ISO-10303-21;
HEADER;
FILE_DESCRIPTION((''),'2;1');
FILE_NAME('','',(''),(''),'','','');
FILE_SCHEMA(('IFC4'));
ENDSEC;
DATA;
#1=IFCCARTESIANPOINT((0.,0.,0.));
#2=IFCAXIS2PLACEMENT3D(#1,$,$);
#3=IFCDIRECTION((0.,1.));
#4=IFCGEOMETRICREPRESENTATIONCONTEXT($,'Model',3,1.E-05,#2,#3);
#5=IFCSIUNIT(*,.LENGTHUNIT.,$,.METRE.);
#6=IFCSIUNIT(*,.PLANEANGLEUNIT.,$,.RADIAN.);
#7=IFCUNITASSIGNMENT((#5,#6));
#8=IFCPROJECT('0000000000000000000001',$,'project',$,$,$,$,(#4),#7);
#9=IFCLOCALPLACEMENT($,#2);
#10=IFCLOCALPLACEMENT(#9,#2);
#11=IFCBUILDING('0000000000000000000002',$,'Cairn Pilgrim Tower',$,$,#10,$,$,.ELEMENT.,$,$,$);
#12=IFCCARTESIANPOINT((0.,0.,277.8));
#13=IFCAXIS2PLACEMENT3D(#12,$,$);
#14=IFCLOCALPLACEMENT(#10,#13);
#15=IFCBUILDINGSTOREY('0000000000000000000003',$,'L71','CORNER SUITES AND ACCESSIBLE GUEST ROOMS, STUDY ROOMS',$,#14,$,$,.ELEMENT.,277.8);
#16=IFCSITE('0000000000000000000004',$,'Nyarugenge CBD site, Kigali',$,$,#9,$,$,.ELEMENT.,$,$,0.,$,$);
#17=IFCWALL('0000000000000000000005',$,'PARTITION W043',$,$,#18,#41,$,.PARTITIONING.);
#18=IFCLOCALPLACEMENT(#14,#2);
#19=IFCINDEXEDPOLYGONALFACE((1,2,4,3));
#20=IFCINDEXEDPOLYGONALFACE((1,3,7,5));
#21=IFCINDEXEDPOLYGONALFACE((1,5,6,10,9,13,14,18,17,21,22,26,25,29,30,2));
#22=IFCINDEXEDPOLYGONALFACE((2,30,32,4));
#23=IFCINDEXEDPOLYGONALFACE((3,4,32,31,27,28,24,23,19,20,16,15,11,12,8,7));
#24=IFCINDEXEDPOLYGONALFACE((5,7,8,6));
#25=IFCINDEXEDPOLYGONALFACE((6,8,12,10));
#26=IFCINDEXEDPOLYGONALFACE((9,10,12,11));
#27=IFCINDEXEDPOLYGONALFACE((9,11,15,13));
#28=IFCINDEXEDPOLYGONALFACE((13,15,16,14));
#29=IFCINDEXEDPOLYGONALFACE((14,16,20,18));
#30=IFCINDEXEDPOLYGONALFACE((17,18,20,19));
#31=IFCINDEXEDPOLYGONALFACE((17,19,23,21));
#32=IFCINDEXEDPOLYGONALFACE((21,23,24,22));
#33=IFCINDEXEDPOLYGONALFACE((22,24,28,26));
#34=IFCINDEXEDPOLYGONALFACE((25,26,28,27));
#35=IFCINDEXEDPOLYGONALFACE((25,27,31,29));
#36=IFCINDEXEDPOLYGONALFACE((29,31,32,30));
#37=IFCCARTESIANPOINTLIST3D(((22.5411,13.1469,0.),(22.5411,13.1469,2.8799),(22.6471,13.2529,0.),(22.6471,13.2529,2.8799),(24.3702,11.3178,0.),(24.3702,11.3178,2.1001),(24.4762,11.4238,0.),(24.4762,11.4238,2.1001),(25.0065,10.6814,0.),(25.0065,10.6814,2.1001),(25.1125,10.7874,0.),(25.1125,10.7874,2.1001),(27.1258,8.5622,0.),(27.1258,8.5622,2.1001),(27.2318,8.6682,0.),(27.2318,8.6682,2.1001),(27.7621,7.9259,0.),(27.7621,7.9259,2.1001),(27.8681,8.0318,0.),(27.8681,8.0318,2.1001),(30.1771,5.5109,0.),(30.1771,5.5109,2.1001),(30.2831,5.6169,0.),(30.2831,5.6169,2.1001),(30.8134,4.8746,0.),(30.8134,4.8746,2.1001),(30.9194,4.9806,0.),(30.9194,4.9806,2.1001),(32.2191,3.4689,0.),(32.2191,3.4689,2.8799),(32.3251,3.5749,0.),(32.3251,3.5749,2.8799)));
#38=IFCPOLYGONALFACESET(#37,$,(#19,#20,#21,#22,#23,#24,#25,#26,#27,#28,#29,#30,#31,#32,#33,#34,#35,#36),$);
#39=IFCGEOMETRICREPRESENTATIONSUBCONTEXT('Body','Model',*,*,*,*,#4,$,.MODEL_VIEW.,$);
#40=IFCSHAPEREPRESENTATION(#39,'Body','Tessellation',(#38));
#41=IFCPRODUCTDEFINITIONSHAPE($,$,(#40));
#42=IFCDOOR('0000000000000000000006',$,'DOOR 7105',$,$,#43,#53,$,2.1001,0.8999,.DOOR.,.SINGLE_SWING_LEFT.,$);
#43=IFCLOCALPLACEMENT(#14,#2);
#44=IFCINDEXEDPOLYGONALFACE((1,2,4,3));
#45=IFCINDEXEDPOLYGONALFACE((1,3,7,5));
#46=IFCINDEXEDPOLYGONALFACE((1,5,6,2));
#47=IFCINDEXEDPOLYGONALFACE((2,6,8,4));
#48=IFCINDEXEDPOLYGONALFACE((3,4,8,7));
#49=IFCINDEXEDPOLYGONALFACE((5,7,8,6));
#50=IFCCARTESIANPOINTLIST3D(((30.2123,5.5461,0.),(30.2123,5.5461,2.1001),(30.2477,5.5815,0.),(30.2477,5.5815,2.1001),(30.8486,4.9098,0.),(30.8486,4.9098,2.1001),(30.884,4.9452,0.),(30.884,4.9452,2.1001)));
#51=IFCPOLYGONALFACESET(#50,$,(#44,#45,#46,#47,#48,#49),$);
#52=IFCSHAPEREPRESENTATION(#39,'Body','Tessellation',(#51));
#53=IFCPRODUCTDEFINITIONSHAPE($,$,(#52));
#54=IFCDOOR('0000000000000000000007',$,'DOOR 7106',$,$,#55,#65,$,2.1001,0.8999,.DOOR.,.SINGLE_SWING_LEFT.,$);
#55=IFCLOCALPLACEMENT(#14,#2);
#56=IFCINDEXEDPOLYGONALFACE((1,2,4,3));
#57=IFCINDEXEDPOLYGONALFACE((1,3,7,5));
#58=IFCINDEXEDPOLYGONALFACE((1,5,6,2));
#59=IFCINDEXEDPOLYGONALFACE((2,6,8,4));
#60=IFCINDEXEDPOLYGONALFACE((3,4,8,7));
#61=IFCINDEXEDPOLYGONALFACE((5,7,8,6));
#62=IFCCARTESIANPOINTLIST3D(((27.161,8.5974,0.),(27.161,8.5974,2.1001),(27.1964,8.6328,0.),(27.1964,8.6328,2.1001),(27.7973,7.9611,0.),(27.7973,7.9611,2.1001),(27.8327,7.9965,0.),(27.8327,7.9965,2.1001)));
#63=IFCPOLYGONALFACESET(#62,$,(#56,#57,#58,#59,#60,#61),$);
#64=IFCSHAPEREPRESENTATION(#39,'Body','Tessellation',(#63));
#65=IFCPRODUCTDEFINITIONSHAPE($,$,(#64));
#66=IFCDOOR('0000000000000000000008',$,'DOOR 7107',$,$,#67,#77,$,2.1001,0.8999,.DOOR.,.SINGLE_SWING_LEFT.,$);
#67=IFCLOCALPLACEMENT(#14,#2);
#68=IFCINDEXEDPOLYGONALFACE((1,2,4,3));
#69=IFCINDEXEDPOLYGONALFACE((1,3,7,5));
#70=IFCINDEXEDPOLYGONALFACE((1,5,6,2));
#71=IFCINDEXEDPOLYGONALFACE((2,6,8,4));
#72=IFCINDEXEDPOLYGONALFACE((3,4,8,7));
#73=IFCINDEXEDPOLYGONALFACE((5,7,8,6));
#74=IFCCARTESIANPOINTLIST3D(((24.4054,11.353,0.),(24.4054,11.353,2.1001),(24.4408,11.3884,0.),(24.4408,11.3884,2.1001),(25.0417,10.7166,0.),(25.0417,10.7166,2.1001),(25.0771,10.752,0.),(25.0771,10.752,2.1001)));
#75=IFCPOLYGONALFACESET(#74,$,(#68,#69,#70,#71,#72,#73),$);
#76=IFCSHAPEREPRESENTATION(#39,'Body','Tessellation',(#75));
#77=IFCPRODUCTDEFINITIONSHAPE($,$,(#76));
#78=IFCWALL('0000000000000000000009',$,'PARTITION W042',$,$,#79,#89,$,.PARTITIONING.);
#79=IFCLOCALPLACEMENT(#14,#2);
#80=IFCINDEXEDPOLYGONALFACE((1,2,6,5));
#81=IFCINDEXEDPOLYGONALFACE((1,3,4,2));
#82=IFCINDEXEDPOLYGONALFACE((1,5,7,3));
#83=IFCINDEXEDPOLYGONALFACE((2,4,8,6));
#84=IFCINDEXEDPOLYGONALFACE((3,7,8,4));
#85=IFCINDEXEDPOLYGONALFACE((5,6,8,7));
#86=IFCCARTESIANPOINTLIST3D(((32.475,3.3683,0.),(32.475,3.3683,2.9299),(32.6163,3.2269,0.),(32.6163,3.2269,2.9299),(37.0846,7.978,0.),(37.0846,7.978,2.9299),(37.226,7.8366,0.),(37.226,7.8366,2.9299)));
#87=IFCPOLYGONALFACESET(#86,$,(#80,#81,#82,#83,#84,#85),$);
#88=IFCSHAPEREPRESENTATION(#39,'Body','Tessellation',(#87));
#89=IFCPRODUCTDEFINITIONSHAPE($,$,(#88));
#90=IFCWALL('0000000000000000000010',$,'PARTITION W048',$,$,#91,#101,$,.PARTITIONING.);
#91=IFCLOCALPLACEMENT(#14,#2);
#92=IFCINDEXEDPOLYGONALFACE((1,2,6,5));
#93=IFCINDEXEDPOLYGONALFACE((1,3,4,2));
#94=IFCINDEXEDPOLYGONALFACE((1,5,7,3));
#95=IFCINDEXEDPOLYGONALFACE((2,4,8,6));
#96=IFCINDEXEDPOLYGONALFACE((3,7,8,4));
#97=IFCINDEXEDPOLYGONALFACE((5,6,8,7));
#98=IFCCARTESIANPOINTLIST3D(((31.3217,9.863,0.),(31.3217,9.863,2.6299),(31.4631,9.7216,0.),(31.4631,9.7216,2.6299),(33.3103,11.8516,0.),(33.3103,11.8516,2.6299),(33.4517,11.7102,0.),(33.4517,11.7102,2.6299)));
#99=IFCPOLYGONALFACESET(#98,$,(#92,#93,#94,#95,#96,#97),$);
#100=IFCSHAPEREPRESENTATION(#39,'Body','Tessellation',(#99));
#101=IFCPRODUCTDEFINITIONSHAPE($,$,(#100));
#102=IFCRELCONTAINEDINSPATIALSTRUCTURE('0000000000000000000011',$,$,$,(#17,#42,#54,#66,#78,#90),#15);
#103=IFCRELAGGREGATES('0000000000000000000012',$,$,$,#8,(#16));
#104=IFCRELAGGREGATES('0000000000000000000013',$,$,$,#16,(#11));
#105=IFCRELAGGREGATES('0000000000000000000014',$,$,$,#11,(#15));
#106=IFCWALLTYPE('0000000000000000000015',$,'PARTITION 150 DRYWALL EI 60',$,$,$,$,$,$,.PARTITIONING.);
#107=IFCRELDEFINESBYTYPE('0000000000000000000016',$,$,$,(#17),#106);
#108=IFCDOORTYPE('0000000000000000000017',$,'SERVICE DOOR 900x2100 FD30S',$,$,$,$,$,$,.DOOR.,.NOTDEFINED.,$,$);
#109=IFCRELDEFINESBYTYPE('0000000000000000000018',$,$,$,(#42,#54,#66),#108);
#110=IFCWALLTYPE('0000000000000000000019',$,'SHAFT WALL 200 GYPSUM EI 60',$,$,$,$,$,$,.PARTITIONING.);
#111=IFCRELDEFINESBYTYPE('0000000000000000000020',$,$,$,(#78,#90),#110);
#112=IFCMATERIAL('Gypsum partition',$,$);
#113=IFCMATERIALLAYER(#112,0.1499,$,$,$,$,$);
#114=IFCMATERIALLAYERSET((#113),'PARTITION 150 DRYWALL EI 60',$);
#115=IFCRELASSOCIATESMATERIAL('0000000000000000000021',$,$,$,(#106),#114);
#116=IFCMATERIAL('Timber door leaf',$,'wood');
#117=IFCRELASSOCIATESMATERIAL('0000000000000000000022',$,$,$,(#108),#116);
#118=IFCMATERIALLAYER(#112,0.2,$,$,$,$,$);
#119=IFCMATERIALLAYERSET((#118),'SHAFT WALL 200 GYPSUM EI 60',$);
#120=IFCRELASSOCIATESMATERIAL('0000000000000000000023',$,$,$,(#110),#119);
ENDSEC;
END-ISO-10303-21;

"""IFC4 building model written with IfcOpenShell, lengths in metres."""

from ifc_helpers import new_model, si_unit, direction, frame, frame_2d, origin, place, context, subcontext, project, spatial, rectangle, extrude, material, layer, layer_set, type_object, element, fill, save


model = new_model("IFC4")

# Units and contexts
model_context = context("Model", 3, precision=1e-05, world=origin(), true_north=direction((0.0, 1.0)))
body_context = subcontext(model_context, "Body", "Model", "MODEL_VIEW")
ifc_project = project(units=[si_unit("LENGTHUNIT", "METRE"), si_unit("PLANEANGLEUNIT", "RADIAN")], contexts=[model_context])

# Site, building, storey
site_placement = place(None, origin())
site = spatial("IfcSite", under=ifc_project, at=site_placement, Name="Nyarugenge CBD site, Kigali", CompositionType="ELEMENT", RefElevation=0.0)
building_placement = place(site_placement, origin())
building = spatial("IfcBuilding", under=site, at=building_placement, Name="Cairn Pilgrim Tower", CompositionType="ELEMENT")
storey_placement = place(building_placement, frame((0.0, 0.0, 277.8)))
storey = spatial("IfcBuildingStorey", under=building, at=storey_placement, Name="L71", Description="CORNER SUITES AND ACCESSIBLE GUEST ROOMS, STUDY ROOMS", CompositionType="ELEMENT", Elevation=277.8)

# Shared definitions
ifc_material_1 = material(Name="Gypsum partition")
ifc_layer_1 = layer(ifc_material_1, 0.1499)
ifc_layer_set_1 = layer_set([ifc_layer_1], Name="PARTITION 150 DRYWALL EI 60")
wall_type_1 = type_object("IfcWallType", Name="PARTITION 150 DRYWALL EI 60", PredefinedType="PARTITIONING", material=ifc_layer_set_1)

# Wall, openings, doors
wall_1_placement = place(storey_placement, frame((32.272, 3.522, 0.0), z_axis=(0.0, 0.0, 1.0), x_axis=(-0.707107, 0.707107, 0.0)))
wall_1 = element("IfcWall", 1, at=wall_1_placement, inside=storey, type_object=wall_type_1, Name="PARTITION W043", PredefinedType="PARTITIONING", context=body_context, shape_type="SweptSolid", body=[
    extrude(rectangle(XDim=13.6868, YDim=0.1499, at=frame_2d((6.8433, 0.0))), origin(), (0.0, 0.0, 1.0), 2.8799),
])
opening_1_placement = place(wall_1_placement, frame((1.9878, 0.0, 0.0)))
opening_1 = element("IfcOpeningElement", 2, at=opening_1_placement, cuts=wall_1, PredefinedType="OPENING", context=body_context, shape_type="SweptSolid", body=[
    extrude(rectangle(XDim=0.8999, YDim=2.1001, at=frame_2d((0.45, 1.05))), frame((0.0, 0.085, 0.0), z_axis=(0.0, -1.0, 0.0), x_axis=(1.0, 0.0, 0.0)), (0.0, 0.0, 1.0), 0.1699),
])
opening_2_placement = place(wall_1_placement, frame((6.303, 0.0, 0.0)))
opening_2 = element("IfcOpeningElement", 3, at=opening_2_placement, cuts=wall_1, PredefinedType="OPENING", context=body_context, shape_type="SweptSolid", body=[
    extrude(rectangle(XDim=0.8999, YDim=2.1001, at=frame_2d((0.45, 1.05))), frame((0.0, 0.085, 0.0), z_axis=(0.0, -1.0, 0.0), x_axis=(1.0, 0.0, 0.0)), (0.0, 0.0, 1.0), 0.1699),
])
opening_3_placement = place(wall_1_placement, frame((10.2, 0.0, 0.0)))
opening_3 = element("IfcOpeningElement", 4, at=opening_3_placement, cuts=wall_1, PredefinedType="OPENING", context=body_context, shape_type="SweptSolid", body=[
    extrude(rectangle(XDim=0.8999, YDim=2.1001, at=frame_2d((0.45, 1.05))), frame((0.0, 0.085, 0.0), z_axis=(0.0, -1.0, 0.0), x_axis=(1.0, 0.0, 0.0)), (0.0, 0.0, 1.0), 0.1699),
])
ifc_material_2 = material(Name="Timber door leaf", Category="wood")
door_type_1 = type_object("IfcDoorType", Name="SERVICE DOOR 900x2100 FD30S", OperationType="NOTDEFINED", PredefinedType="DOOR", material=ifc_material_2)
door_1_placement = place(opening_1_placement, frame((0.8999, 0.0, 0.0), z_axis=(0.0, 0.0, 1.0), x_axis=(-1.0, 0.0, 0.0)))
door_1 = element("IfcDoor", 5, at=door_1_placement, inside=storey, type_object=door_type_1, Name="DOOR 7105", OperationType="SINGLE_SWING_LEFT", OverallHeight=2.1001, OverallWidth=0.8999, PredefinedType="DOOR", context=body_context, shape_type="SweptSolid", body=[
    extrude(rectangle(XDim=0.8999, YDim=2.1001, at=frame_2d((0.45, 1.05))), frame((0.0, 0.0249, 0.0), z_axis=(0.0, -1.0, 0.0), x_axis=(1.0, 0.0, 0.0)), (0.0, 0.0, 1.0), 0.05),
])
fill(opening_1, door_1)
door_2_placement = place(opening_2_placement, frame((0.8999, 0.0, 0.0), z_axis=(0.0, 0.0, 1.0), x_axis=(-1.0, 0.0, 0.0)))
door_2 = element("IfcDoor", 6, at=door_2_placement, inside=storey, type_object=door_type_1, Name="DOOR 7106", OperationType="SINGLE_SWING_LEFT", OverallHeight=2.1001, OverallWidth=0.8999, PredefinedType="DOOR", context=body_context, shape_type="SweptSolid", body=[
    extrude(rectangle(XDim=0.8999, YDim=2.1001, at=frame_2d((0.45, 1.05))), frame((0.0, 0.0249, 0.0), z_axis=(0.0, -1.0, 0.0), x_axis=(1.0, 0.0, 0.0)), (0.0, 0.0, 1.0), 0.05),
])
fill(opening_2, door_2)
door_3_placement = place(opening_3_placement, frame((0.8999, 0.0, 0.0), z_axis=(0.0, 0.0, 1.0), x_axis=(-1.0, 0.0, 0.0)))
door_3 = element("IfcDoor", 7, at=door_3_placement, inside=storey, type_object=door_type_1, Name="DOOR 7107", OperationType="SINGLE_SWING_LEFT", OverallHeight=2.1001, OverallWidth=0.8999, PredefinedType="DOOR", context=body_context, shape_type="SweptSolid", body=[
    extrude(rectangle(XDim=0.8999, YDim=2.1001, at=frame_2d((0.45, 1.05))), frame((0.0, 0.0249, 0.0), z_axis=(0.0, -1.0, 0.0), x_axis=(1.0, 0.0, 0.0)), (0.0, 0.0, 1.0), 0.05),
])
fill(opening_3, door_3)

# Walls
ifc_layer_2 = layer(ifc_material_1, 0.2)
ifc_layer_set_2 = layer_set([ifc_layer_2], Name="SHAFT WALL 200 GYPSUM EI 60")
wall_type_2 = type_object("IfcWallType", Name="SHAFT WALL 200 GYPSUM EI 60", PredefinedType="PARTITIONING", material=ifc_layer_set_2)
wall_2_placement = place(storey_placement, frame((32.5457, 3.2976, 0.0), z_axis=(0.0, 0.0, 1.0), x_axis=(0.707107, 0.707107, 0.0)))
element("IfcWall", 8, at=wall_2_placement, inside=storey, type_object=wall_type_2, Name="PARTITION W042", PredefinedType="PARTITIONING", context=body_context, shape_type="SweptSolid", body=[
    extrude(rectangle(XDim=6.519, YDim=0.2, at=frame_2d((3.2595, 0.0))), origin(), (0.0, 0.0, 1.0), 2.9299),
])
wall_3_placement = place(storey_placement, frame((31.3923, 9.7922, 0.0), z_axis=(0.0, 0.0, 1.0), x_axis=(0.707107, 0.707107, 0.0)))
element("IfcWall", 9, at=wall_3_placement, inside=storey, type_object=wall_type_2, Name="PARTITION W048", PredefinedType="PARTITIONING", context=body_context, shape_type="SweptSolid", body=[
    extrude(rectangle(XDim=2.8123, YDim=0.2, at=frame_2d((1.4062, 0.0))), origin(), (0.0, 0.0, 1.0), 2.6299),
])

save(model, "model.ifc")
